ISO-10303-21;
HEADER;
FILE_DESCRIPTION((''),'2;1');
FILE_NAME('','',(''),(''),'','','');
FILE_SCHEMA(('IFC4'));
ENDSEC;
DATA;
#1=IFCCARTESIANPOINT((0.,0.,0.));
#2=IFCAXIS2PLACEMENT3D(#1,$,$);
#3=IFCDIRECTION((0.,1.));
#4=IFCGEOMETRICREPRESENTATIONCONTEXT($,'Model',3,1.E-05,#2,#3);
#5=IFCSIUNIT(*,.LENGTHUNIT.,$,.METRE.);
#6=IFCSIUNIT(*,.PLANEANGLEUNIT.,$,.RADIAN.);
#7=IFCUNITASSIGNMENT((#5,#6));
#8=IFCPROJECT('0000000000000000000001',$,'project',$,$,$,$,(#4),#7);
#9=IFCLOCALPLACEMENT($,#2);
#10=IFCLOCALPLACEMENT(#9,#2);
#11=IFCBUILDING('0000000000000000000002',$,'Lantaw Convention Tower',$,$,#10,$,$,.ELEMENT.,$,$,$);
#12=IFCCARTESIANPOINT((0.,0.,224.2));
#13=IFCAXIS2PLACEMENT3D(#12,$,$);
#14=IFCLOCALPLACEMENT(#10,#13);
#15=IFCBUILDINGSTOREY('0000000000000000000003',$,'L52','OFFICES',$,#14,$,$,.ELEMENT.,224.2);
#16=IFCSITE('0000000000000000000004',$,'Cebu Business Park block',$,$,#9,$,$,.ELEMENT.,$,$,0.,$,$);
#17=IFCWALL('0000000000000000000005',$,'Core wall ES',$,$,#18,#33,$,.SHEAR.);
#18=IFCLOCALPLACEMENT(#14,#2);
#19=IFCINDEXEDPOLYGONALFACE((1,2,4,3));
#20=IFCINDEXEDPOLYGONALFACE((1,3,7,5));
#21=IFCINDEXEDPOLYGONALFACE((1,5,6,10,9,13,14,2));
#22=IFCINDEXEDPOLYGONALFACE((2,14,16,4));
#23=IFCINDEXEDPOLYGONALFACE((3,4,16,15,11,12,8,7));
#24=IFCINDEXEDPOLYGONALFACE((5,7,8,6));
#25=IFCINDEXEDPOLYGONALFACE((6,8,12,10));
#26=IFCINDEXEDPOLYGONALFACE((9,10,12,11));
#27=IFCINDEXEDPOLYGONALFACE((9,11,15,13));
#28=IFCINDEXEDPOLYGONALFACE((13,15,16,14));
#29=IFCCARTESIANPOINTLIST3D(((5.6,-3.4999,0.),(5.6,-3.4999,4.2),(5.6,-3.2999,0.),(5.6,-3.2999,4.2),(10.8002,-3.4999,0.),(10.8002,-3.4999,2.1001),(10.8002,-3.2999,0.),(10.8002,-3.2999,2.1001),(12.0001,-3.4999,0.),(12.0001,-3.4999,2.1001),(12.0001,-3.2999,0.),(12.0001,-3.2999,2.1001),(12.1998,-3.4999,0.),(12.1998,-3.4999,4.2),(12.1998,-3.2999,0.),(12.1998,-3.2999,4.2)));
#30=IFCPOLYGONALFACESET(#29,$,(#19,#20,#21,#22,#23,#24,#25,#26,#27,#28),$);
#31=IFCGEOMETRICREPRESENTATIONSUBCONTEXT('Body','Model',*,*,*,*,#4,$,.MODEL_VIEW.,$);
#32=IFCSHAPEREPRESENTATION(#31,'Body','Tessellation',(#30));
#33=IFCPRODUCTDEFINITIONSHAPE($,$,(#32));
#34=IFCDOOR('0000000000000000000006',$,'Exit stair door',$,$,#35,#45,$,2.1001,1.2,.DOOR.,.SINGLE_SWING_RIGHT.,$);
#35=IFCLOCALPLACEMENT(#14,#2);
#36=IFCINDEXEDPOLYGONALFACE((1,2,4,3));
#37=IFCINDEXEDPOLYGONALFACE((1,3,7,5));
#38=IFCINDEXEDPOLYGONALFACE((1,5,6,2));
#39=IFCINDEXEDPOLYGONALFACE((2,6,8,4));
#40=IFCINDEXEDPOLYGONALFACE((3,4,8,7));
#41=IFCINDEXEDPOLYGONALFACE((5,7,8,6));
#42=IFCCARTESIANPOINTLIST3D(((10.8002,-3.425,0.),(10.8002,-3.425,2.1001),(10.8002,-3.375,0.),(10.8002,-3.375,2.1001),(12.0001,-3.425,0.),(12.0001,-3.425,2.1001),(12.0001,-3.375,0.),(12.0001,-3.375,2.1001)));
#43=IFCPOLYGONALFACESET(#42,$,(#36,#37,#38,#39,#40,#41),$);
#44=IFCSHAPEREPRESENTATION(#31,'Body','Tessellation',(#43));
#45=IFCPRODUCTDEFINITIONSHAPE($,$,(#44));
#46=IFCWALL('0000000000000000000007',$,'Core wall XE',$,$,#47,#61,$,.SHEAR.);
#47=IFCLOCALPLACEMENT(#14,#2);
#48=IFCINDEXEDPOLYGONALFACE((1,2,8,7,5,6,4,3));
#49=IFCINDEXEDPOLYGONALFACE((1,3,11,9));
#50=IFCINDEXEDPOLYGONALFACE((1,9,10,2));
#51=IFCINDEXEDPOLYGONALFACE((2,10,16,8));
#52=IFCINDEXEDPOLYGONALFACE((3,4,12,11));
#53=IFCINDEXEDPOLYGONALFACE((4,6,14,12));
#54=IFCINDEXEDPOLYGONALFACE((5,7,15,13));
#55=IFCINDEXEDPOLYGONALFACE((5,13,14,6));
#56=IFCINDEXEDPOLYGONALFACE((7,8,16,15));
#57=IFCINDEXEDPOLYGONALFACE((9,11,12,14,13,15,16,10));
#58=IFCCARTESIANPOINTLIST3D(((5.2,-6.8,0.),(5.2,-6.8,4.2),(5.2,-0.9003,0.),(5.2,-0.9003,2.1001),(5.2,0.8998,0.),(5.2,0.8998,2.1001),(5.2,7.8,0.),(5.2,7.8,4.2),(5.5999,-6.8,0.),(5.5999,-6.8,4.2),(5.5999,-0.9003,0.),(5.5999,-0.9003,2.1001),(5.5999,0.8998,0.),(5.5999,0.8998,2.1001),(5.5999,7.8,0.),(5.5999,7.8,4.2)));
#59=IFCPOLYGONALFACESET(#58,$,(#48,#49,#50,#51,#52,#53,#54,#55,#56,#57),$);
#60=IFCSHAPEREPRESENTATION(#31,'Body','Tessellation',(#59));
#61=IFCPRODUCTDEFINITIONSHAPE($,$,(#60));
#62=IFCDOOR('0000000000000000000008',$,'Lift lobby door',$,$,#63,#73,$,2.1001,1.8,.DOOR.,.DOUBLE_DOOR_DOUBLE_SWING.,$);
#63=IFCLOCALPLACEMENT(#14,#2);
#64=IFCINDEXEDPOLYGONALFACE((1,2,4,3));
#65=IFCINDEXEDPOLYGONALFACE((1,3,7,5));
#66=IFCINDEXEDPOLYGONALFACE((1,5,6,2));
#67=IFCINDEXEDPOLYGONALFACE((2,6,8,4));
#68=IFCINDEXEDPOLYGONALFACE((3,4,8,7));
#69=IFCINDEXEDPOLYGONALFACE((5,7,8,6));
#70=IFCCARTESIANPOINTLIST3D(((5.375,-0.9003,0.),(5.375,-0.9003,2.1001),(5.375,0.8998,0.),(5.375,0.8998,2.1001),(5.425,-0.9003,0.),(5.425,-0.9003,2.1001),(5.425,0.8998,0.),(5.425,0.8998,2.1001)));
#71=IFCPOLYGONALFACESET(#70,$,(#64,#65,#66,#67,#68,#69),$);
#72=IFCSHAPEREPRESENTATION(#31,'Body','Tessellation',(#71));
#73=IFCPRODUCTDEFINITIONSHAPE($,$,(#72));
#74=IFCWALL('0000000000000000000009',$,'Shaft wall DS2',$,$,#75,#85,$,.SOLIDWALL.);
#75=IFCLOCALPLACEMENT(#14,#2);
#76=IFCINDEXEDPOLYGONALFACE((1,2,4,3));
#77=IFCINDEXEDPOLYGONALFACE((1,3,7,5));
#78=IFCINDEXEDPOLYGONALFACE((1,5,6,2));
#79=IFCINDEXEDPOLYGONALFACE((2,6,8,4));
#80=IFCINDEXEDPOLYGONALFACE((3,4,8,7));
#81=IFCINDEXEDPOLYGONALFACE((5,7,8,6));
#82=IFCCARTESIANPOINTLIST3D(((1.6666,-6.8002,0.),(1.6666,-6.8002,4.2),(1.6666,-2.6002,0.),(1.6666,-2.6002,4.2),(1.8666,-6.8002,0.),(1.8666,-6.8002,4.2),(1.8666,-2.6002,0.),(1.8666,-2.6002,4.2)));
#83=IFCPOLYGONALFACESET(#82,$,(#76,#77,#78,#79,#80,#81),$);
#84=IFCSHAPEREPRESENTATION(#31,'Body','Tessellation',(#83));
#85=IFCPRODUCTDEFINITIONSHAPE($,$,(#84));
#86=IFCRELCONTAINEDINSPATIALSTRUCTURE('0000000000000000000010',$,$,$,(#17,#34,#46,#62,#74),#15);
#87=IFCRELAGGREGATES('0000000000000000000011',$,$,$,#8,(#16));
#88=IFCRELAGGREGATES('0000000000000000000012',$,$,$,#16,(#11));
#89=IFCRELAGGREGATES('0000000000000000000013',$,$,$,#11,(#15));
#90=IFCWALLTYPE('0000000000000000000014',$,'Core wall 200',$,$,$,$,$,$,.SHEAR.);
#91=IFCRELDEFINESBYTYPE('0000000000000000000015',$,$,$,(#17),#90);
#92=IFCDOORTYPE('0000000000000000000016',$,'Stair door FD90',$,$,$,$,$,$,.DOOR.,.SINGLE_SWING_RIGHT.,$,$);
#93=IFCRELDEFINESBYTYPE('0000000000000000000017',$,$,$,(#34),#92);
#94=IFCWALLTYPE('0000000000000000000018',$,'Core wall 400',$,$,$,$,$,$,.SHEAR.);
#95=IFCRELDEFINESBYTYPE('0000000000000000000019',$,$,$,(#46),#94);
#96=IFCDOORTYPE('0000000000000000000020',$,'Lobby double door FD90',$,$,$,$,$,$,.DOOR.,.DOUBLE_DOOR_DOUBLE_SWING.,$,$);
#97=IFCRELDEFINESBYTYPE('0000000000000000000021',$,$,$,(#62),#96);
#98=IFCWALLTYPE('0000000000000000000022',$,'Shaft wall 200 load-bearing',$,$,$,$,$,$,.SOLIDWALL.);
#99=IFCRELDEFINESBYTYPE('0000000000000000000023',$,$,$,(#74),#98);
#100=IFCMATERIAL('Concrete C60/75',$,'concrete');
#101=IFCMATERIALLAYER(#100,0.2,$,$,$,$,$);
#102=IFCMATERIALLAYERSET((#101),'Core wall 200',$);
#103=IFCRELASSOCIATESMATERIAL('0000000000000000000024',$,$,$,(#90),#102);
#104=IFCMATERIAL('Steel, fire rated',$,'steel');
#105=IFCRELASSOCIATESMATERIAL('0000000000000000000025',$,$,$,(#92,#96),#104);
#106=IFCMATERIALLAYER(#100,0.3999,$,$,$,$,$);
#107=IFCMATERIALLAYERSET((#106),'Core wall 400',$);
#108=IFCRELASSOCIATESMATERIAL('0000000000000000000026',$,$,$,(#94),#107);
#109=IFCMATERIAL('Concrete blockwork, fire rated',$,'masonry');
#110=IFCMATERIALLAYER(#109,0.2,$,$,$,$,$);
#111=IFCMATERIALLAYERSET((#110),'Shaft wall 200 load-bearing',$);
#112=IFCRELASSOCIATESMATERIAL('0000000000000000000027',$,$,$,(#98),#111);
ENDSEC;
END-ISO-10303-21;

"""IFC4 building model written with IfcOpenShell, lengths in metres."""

from ifc_helpers import new_model, si_unit, direction, frame, frame_2d, origin, place, context, subcontext, project, spatial, rectangle, extrude, material, layer, layer_set, type_object, element, fill, save


model = new_model("IFC4")

# Units and contexts
model_context = context("Model", 3, precision=1e-05, world=origin(), true_north=direction((0.0, 1.0)))
body_context = subcontext(model_context, "Body", "Model", "MODEL_VIEW")
ifc_project = project(units=[si_unit("LENGTHUNIT", "METRE"), si_unit("PLANEANGLEUNIT", "RADIAN")], contexts=[model_context])

# Site, building, storey
site_placement = place(None, origin())
site = spatial("IfcSite", under=ifc_project, at=site_placement, Name="Cebu Business Park block", CompositionType="ELEMENT", RefElevation=0.0)
building_placement = place(site_placement, origin())
building = spatial("IfcBuilding", under=site, at=building_placement, Name="Lantaw Convention Tower", CompositionType="ELEMENT")
storey_placement = place(building_placement, frame((0.0, 0.0, 224.2)))
storey = spatial("IfcBuildingStorey", under=building, at=storey_placement, Name="L52", Description="OFFICES", CompositionType="ELEMENT", Elevation=224.2)

# Walls, openings, doors
ifc_material_1 = material(Name="Concrete C60/75", Category="concrete")
ifc_layer_1 = layer(ifc_material_1, 0.2)
ifc_layer_set_1 = layer_set([ifc_layer_1], Name="Core wall 200")
wall_type_1 = type_object("IfcWallType", Name="Core wall 200", PredefinedType="SHEAR", material=ifc_layer_set_1)
wall_1_placement = place(storey_placement, frame((5.6001, -3.3999, 0.0), z_axis=(0.0, 0.0, 1.0), x_axis=(1.0, 0.0, 0.0)))
wall_1 = element("IfcWall", 1, at=wall_1_placement, inside=storey, type_object=wall_type_1, Name="Core wall ES", PredefinedType="SHEAR", context=body_context, shape_type="SweptSolid", body=[
    extrude(rectangle(XDim=6.5999, YDim=0.2, at=frame_2d((3.2998, 0.0))), origin(), (0.0, 0.0, 1.0), 4.2),
])
opening_1_placement = place(wall_1_placement, frame((5.2, 0.0, 0.0)))
opening_1 = element("IfcOpeningElement", 2, at=opening_1_placement, cuts=wall_1, PredefinedType="OPENING", context=body_context, shape_type="SweptSolid", body=[
    extrude(rectangle(XDim=1.2, YDim=2.1001, at=frame_2d((0.6001, 1.05))), frame((0.0, 0.1099, 0.0), z_axis=(0.0, -1.0, 0.0), x_axis=(1.0, 0.0, 0.0)), (0.0, 0.0, 1.0), 0.22),
])
ifc_material_2 = material(Name="Steel, fire rated", Category="steel")
door_type_1 = type_object("IfcDoorType", Name="Stair door FD90", OperationType="SINGLE_SWING_RIGHT", PredefinedType="DOOR", material=ifc_material_2)
door_1_placement = place(opening_1_placement, origin())
door_1 = element("IfcDoor", 3, at=door_1_placement, inside=storey, type_object=door_type_1, Name="Exit stair door", OperationType="SINGLE_SWING_RIGHT", OverallHeight=2.1001, OverallWidth=1.2, PredefinedType="DOOR", context=body_context, shape_type="SweptSolid", body=[
    extrude(rectangle(XDim=1.2, YDim=2.1001, at=frame_2d((0.6001, 1.05))), frame((0.0, 0.0249, 0.0), z_axis=(0.0, -1.0, 0.0), x_axis=(1.0, 0.0, 0.0)), (0.0, 0.0, 1.0), 0.05),
])
fill(opening_1, door_1)
ifc_layer_2 = layer(ifc_material_1, 0.3999)
ifc_layer_set_2 = layer_set([ifc_layer_2], Name="Core wall 400")
wall_type_2 = type_object("IfcWallType", Name="Core wall 400", PredefinedType="SHEAR", material=ifc_layer_set_2)
wall_2_placement = place(storey_placement, frame((5.3999, -6.8, 0.0), z_axis=(0.0, 0.0, 1.0), x_axis=(0.0, 1.0, 0.0)))
wall_2 = element("IfcWall", 4, at=wall_2_placement, inside=storey, type_object=wall_type_2, Name="Core wall XE", PredefinedType="SHEAR", context=body_context, shape_type="SweptSolid", body=[
    extrude(rectangle(XDim=14.6001, YDim=0.3999, at=frame_2d((7.3, 0.0))), origin(), (0.0, 0.0, 1.0), 4.2),
])
opening_2_placement = place(wall_2_placement, frame((5.8999, 0.0, 0.0)))
opening_2 = element("IfcOpeningElement", 5, at=opening_2_placement, cuts=wall_2, PredefinedType="OPENING", context=body_context, shape_type="SweptSolid", body=[
    extrude(rectangle(XDim=1.8, YDim=2.1001, at=frame_2d((0.8999, 1.05))), frame((0.0, 0.21, 0.0), z_axis=(0.0, -1.0, 0.0), x_axis=(1.0, 0.0, 0.0)), (0.0, 0.0, 1.0), 0.4199),
])
door_type_2 = type_object("IfcDoorType", Name="Lobby double door FD90", OperationType="DOUBLE_DOOR_DOUBLE_SWING", PredefinedType="DOOR", material=ifc_material_2)
door_2_placement = place(opening_2_placement, origin())
door_2 = element("IfcDoor", 6, at=door_2_placement, inside=storey, type_object=door_type_2, Name="Lift lobby door", OperationType="DOUBLE_DOOR_DOUBLE_SWING", OverallHeight=2.1001, OverallWidth=1.8, PredefinedType="DOOR", context=body_context, shape_type="SweptSolid", body=[
    extrude(rectangle(XDim=1.8, YDim=2.1001, at=frame_2d((0.8999, 1.05))), frame((0.0, 0.0249, 0.0), z_axis=(0.0, -1.0, 0.0), x_axis=(1.0, 0.0, 0.0)), (0.0, 0.0, 1.0), 0.05),
])
fill(opening_2, door_2)

# Wall
ifc_material_3 = material(Name="Concrete blockwork, fire rated", Category="masonry")
ifc_layer_3 = layer(ifc_material_3, 0.2)
ifc_layer_set_3 = layer_set([ifc_layer_3], Name="Shaft wall 200 load-bearing")
wall_type_3 = type_object("IfcWallType", Name="Shaft wall 200 load-bearing", PredefinedType="SOLIDWALL", material=ifc_layer_set_3)
wall_3_placement = place(storey_placement, frame((1.7666, -2.6001, 0.0), z_axis=(0.0, 0.0, 1.0), x_axis=(0.0, -1.0, 0.0)))
element("IfcWall", 7, at=wall_3_placement, inside=storey, type_object=wall_type_3, Name="Shaft wall DS2", PredefinedType="SOLIDWALL", context=body_context, shape_type="SweptSolid", body=[
    extrude(rectangle(XDim=4.2, YDim=0.2, at=frame_2d((2.1001, 0.0))), origin(), (0.0, 0.0, 1.0), 4.2),
])

save(model, "model.ifc")
